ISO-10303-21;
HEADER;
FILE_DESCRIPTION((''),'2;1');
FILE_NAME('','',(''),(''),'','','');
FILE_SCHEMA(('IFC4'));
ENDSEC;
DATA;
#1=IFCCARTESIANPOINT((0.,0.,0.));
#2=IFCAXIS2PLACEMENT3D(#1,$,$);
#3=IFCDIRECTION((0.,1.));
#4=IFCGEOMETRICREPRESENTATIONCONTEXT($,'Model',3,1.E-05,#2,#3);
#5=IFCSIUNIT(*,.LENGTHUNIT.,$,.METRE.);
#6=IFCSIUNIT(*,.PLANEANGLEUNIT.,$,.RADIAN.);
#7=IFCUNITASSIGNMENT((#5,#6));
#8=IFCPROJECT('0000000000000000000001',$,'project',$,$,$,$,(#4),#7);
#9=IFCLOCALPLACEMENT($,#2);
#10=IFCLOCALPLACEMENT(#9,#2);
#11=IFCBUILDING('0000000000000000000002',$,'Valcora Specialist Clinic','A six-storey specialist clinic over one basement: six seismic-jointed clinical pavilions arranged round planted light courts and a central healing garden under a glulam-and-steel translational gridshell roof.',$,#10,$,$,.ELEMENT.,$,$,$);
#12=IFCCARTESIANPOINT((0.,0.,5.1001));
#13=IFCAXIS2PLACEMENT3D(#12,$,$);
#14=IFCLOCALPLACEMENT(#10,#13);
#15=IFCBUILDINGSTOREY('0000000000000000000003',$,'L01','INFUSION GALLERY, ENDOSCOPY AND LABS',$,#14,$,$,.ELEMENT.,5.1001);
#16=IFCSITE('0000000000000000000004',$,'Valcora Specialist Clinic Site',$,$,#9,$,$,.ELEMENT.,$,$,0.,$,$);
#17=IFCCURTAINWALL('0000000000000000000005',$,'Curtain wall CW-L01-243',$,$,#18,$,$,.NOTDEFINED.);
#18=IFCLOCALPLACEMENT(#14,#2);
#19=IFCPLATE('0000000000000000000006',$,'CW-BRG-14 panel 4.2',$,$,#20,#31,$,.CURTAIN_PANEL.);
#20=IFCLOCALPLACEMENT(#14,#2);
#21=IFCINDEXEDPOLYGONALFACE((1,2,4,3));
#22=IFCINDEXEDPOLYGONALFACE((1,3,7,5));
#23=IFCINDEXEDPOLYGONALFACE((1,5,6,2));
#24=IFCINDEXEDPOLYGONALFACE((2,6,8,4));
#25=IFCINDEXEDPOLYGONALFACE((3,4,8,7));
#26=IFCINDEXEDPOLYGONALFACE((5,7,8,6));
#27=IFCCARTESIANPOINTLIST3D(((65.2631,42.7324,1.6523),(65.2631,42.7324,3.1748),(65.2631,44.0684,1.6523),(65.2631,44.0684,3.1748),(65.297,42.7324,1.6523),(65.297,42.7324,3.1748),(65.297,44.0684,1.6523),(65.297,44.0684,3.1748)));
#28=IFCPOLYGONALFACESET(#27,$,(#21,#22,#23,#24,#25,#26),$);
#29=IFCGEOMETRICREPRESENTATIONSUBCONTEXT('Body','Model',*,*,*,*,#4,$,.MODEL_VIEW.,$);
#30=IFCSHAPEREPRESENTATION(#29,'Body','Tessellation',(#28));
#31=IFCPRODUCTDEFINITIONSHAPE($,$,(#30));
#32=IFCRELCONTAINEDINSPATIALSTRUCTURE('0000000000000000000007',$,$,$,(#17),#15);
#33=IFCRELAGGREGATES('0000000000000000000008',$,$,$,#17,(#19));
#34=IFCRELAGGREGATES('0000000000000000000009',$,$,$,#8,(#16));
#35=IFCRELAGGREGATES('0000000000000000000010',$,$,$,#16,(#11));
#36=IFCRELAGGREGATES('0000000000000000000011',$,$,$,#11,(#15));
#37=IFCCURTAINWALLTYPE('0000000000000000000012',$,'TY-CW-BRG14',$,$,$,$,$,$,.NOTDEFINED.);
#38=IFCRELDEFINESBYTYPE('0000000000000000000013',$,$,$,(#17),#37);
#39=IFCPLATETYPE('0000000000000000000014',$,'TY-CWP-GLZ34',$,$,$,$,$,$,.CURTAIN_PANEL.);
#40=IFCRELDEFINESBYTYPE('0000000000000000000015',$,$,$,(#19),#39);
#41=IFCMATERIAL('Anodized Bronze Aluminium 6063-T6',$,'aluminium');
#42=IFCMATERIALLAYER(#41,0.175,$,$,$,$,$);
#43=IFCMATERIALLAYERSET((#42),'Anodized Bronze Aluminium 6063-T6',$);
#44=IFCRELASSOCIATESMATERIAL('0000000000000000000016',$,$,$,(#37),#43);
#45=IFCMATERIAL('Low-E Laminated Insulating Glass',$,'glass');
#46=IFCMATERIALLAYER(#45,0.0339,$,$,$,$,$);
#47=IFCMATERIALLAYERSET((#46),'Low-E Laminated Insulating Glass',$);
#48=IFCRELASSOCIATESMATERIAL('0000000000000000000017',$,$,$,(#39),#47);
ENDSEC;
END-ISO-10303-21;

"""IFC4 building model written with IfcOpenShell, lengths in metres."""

from ifc_helpers import new_model, si_unit, direction, frame, origin, origin_2d, place, context, subcontext, project, spatial, rectangle, extrude, material, layer, layer_set, type_object, element, aggregate, save


model = new_model("IFC4")

# Units and contexts
model_context = context("Model", 3, precision=1e-05, world=origin(), true_north=direction((0.0, 1.0)))
body_context = subcontext(model_context, "Body", "Model", "MODEL_VIEW")
ifc_project = project(units=[si_unit("LENGTHUNIT", "METRE"), si_unit("PLANEANGLEUNIT", "RADIAN")], contexts=[model_context])

# Site, building, storey
site_placement = place(None, origin())
site = spatial("IfcSite", under=ifc_project, at=site_placement, Name="Valcora Specialist Clinic Site", CompositionType="ELEMENT", RefElevation=0.0)
building_placement = place(site_placement, origin())
building = spatial("IfcBuilding", under=site, at=building_placement, Name="Valcora Specialist Clinic", Description="A six-storey specialist clinic over one basement: six seismic-jointed clinical pavilions arranged round planted light courts and a central healing garden under a glulam-and-steel translational gridshell roof.", CompositionType="ELEMENT")
storey_placement = place(building_placement, frame((0.0, 0.0, 5.1001)))
storey = spatial("IfcBuildingStorey", under=building, at=storey_placement, Name="L01", Description="INFUSION GALLERY, ENDOSCOPY AND LABS", CompositionType="ELEMENT", Elevation=5.1001)

# Curtain wall
ifc_material_1 = material(Name="Anodized Bronze Aluminium 6063-T6", Category="aluminium")
ifc_layer_1 = layer(ifc_material_1, 0.175)
ifc_layer_set_1 = layer_set([ifc_layer_1], Name="Anodized Bronze Aluminium 6063-T6")
curtain_wall_type = type_object("IfcCurtainWallType", Name="TY-CW-BRG14", PredefinedType="NOTDEFINED", material=ifc_layer_set_1)
curtain_wall_1_placement = place(storey_placement, origin())
curtain_wall_1 = element("IfcCurtainWall", 1, at=curtain_wall_1_placement, inside=storey, type_object=curtain_wall_type, Name="Curtain wall CW-L01-243", PredefinedType="NOTDEFINED")

# Plate
ifc_material_2 = material(Name="Low-E Laminated Insulating Glass", Category="glass")
ifc_layer_2 = layer(ifc_material_2, 0.0339)
ifc_layer_set_2 = layer_set([ifc_layer_2], Name="Low-E Laminated Insulating Glass")
plate_type_1 = type_object("IfcPlateType", Name="TY-CWP-GLZ34", PredefinedType="CURTAIN_PANEL", material=ifc_layer_set_2)
plate_1_placement = place(storey_placement, frame((65.28, 43.4004, 1.6523), z_axis=(0.0, 0.0, 1.0), x_axis=(0.0, 1.0, 0.0)))
plate_1 = element("IfcPlate", 2, at=plate_1_placement, type_object=plate_type_1, Name="CW-BRG-14 panel 4.2", PredefinedType="CURTAIN_PANEL", context=body_context, shape_type="SweptSolid", body=[
    extrude(rectangle(XDim=1.3359, YDim=0.0339, at=origin_2d()), origin(), (0.0, 0.0, 1.0), 1.5225),
])
aggregate(curtain_wall_1, [plate_1])

save(model, "model.ifc")
